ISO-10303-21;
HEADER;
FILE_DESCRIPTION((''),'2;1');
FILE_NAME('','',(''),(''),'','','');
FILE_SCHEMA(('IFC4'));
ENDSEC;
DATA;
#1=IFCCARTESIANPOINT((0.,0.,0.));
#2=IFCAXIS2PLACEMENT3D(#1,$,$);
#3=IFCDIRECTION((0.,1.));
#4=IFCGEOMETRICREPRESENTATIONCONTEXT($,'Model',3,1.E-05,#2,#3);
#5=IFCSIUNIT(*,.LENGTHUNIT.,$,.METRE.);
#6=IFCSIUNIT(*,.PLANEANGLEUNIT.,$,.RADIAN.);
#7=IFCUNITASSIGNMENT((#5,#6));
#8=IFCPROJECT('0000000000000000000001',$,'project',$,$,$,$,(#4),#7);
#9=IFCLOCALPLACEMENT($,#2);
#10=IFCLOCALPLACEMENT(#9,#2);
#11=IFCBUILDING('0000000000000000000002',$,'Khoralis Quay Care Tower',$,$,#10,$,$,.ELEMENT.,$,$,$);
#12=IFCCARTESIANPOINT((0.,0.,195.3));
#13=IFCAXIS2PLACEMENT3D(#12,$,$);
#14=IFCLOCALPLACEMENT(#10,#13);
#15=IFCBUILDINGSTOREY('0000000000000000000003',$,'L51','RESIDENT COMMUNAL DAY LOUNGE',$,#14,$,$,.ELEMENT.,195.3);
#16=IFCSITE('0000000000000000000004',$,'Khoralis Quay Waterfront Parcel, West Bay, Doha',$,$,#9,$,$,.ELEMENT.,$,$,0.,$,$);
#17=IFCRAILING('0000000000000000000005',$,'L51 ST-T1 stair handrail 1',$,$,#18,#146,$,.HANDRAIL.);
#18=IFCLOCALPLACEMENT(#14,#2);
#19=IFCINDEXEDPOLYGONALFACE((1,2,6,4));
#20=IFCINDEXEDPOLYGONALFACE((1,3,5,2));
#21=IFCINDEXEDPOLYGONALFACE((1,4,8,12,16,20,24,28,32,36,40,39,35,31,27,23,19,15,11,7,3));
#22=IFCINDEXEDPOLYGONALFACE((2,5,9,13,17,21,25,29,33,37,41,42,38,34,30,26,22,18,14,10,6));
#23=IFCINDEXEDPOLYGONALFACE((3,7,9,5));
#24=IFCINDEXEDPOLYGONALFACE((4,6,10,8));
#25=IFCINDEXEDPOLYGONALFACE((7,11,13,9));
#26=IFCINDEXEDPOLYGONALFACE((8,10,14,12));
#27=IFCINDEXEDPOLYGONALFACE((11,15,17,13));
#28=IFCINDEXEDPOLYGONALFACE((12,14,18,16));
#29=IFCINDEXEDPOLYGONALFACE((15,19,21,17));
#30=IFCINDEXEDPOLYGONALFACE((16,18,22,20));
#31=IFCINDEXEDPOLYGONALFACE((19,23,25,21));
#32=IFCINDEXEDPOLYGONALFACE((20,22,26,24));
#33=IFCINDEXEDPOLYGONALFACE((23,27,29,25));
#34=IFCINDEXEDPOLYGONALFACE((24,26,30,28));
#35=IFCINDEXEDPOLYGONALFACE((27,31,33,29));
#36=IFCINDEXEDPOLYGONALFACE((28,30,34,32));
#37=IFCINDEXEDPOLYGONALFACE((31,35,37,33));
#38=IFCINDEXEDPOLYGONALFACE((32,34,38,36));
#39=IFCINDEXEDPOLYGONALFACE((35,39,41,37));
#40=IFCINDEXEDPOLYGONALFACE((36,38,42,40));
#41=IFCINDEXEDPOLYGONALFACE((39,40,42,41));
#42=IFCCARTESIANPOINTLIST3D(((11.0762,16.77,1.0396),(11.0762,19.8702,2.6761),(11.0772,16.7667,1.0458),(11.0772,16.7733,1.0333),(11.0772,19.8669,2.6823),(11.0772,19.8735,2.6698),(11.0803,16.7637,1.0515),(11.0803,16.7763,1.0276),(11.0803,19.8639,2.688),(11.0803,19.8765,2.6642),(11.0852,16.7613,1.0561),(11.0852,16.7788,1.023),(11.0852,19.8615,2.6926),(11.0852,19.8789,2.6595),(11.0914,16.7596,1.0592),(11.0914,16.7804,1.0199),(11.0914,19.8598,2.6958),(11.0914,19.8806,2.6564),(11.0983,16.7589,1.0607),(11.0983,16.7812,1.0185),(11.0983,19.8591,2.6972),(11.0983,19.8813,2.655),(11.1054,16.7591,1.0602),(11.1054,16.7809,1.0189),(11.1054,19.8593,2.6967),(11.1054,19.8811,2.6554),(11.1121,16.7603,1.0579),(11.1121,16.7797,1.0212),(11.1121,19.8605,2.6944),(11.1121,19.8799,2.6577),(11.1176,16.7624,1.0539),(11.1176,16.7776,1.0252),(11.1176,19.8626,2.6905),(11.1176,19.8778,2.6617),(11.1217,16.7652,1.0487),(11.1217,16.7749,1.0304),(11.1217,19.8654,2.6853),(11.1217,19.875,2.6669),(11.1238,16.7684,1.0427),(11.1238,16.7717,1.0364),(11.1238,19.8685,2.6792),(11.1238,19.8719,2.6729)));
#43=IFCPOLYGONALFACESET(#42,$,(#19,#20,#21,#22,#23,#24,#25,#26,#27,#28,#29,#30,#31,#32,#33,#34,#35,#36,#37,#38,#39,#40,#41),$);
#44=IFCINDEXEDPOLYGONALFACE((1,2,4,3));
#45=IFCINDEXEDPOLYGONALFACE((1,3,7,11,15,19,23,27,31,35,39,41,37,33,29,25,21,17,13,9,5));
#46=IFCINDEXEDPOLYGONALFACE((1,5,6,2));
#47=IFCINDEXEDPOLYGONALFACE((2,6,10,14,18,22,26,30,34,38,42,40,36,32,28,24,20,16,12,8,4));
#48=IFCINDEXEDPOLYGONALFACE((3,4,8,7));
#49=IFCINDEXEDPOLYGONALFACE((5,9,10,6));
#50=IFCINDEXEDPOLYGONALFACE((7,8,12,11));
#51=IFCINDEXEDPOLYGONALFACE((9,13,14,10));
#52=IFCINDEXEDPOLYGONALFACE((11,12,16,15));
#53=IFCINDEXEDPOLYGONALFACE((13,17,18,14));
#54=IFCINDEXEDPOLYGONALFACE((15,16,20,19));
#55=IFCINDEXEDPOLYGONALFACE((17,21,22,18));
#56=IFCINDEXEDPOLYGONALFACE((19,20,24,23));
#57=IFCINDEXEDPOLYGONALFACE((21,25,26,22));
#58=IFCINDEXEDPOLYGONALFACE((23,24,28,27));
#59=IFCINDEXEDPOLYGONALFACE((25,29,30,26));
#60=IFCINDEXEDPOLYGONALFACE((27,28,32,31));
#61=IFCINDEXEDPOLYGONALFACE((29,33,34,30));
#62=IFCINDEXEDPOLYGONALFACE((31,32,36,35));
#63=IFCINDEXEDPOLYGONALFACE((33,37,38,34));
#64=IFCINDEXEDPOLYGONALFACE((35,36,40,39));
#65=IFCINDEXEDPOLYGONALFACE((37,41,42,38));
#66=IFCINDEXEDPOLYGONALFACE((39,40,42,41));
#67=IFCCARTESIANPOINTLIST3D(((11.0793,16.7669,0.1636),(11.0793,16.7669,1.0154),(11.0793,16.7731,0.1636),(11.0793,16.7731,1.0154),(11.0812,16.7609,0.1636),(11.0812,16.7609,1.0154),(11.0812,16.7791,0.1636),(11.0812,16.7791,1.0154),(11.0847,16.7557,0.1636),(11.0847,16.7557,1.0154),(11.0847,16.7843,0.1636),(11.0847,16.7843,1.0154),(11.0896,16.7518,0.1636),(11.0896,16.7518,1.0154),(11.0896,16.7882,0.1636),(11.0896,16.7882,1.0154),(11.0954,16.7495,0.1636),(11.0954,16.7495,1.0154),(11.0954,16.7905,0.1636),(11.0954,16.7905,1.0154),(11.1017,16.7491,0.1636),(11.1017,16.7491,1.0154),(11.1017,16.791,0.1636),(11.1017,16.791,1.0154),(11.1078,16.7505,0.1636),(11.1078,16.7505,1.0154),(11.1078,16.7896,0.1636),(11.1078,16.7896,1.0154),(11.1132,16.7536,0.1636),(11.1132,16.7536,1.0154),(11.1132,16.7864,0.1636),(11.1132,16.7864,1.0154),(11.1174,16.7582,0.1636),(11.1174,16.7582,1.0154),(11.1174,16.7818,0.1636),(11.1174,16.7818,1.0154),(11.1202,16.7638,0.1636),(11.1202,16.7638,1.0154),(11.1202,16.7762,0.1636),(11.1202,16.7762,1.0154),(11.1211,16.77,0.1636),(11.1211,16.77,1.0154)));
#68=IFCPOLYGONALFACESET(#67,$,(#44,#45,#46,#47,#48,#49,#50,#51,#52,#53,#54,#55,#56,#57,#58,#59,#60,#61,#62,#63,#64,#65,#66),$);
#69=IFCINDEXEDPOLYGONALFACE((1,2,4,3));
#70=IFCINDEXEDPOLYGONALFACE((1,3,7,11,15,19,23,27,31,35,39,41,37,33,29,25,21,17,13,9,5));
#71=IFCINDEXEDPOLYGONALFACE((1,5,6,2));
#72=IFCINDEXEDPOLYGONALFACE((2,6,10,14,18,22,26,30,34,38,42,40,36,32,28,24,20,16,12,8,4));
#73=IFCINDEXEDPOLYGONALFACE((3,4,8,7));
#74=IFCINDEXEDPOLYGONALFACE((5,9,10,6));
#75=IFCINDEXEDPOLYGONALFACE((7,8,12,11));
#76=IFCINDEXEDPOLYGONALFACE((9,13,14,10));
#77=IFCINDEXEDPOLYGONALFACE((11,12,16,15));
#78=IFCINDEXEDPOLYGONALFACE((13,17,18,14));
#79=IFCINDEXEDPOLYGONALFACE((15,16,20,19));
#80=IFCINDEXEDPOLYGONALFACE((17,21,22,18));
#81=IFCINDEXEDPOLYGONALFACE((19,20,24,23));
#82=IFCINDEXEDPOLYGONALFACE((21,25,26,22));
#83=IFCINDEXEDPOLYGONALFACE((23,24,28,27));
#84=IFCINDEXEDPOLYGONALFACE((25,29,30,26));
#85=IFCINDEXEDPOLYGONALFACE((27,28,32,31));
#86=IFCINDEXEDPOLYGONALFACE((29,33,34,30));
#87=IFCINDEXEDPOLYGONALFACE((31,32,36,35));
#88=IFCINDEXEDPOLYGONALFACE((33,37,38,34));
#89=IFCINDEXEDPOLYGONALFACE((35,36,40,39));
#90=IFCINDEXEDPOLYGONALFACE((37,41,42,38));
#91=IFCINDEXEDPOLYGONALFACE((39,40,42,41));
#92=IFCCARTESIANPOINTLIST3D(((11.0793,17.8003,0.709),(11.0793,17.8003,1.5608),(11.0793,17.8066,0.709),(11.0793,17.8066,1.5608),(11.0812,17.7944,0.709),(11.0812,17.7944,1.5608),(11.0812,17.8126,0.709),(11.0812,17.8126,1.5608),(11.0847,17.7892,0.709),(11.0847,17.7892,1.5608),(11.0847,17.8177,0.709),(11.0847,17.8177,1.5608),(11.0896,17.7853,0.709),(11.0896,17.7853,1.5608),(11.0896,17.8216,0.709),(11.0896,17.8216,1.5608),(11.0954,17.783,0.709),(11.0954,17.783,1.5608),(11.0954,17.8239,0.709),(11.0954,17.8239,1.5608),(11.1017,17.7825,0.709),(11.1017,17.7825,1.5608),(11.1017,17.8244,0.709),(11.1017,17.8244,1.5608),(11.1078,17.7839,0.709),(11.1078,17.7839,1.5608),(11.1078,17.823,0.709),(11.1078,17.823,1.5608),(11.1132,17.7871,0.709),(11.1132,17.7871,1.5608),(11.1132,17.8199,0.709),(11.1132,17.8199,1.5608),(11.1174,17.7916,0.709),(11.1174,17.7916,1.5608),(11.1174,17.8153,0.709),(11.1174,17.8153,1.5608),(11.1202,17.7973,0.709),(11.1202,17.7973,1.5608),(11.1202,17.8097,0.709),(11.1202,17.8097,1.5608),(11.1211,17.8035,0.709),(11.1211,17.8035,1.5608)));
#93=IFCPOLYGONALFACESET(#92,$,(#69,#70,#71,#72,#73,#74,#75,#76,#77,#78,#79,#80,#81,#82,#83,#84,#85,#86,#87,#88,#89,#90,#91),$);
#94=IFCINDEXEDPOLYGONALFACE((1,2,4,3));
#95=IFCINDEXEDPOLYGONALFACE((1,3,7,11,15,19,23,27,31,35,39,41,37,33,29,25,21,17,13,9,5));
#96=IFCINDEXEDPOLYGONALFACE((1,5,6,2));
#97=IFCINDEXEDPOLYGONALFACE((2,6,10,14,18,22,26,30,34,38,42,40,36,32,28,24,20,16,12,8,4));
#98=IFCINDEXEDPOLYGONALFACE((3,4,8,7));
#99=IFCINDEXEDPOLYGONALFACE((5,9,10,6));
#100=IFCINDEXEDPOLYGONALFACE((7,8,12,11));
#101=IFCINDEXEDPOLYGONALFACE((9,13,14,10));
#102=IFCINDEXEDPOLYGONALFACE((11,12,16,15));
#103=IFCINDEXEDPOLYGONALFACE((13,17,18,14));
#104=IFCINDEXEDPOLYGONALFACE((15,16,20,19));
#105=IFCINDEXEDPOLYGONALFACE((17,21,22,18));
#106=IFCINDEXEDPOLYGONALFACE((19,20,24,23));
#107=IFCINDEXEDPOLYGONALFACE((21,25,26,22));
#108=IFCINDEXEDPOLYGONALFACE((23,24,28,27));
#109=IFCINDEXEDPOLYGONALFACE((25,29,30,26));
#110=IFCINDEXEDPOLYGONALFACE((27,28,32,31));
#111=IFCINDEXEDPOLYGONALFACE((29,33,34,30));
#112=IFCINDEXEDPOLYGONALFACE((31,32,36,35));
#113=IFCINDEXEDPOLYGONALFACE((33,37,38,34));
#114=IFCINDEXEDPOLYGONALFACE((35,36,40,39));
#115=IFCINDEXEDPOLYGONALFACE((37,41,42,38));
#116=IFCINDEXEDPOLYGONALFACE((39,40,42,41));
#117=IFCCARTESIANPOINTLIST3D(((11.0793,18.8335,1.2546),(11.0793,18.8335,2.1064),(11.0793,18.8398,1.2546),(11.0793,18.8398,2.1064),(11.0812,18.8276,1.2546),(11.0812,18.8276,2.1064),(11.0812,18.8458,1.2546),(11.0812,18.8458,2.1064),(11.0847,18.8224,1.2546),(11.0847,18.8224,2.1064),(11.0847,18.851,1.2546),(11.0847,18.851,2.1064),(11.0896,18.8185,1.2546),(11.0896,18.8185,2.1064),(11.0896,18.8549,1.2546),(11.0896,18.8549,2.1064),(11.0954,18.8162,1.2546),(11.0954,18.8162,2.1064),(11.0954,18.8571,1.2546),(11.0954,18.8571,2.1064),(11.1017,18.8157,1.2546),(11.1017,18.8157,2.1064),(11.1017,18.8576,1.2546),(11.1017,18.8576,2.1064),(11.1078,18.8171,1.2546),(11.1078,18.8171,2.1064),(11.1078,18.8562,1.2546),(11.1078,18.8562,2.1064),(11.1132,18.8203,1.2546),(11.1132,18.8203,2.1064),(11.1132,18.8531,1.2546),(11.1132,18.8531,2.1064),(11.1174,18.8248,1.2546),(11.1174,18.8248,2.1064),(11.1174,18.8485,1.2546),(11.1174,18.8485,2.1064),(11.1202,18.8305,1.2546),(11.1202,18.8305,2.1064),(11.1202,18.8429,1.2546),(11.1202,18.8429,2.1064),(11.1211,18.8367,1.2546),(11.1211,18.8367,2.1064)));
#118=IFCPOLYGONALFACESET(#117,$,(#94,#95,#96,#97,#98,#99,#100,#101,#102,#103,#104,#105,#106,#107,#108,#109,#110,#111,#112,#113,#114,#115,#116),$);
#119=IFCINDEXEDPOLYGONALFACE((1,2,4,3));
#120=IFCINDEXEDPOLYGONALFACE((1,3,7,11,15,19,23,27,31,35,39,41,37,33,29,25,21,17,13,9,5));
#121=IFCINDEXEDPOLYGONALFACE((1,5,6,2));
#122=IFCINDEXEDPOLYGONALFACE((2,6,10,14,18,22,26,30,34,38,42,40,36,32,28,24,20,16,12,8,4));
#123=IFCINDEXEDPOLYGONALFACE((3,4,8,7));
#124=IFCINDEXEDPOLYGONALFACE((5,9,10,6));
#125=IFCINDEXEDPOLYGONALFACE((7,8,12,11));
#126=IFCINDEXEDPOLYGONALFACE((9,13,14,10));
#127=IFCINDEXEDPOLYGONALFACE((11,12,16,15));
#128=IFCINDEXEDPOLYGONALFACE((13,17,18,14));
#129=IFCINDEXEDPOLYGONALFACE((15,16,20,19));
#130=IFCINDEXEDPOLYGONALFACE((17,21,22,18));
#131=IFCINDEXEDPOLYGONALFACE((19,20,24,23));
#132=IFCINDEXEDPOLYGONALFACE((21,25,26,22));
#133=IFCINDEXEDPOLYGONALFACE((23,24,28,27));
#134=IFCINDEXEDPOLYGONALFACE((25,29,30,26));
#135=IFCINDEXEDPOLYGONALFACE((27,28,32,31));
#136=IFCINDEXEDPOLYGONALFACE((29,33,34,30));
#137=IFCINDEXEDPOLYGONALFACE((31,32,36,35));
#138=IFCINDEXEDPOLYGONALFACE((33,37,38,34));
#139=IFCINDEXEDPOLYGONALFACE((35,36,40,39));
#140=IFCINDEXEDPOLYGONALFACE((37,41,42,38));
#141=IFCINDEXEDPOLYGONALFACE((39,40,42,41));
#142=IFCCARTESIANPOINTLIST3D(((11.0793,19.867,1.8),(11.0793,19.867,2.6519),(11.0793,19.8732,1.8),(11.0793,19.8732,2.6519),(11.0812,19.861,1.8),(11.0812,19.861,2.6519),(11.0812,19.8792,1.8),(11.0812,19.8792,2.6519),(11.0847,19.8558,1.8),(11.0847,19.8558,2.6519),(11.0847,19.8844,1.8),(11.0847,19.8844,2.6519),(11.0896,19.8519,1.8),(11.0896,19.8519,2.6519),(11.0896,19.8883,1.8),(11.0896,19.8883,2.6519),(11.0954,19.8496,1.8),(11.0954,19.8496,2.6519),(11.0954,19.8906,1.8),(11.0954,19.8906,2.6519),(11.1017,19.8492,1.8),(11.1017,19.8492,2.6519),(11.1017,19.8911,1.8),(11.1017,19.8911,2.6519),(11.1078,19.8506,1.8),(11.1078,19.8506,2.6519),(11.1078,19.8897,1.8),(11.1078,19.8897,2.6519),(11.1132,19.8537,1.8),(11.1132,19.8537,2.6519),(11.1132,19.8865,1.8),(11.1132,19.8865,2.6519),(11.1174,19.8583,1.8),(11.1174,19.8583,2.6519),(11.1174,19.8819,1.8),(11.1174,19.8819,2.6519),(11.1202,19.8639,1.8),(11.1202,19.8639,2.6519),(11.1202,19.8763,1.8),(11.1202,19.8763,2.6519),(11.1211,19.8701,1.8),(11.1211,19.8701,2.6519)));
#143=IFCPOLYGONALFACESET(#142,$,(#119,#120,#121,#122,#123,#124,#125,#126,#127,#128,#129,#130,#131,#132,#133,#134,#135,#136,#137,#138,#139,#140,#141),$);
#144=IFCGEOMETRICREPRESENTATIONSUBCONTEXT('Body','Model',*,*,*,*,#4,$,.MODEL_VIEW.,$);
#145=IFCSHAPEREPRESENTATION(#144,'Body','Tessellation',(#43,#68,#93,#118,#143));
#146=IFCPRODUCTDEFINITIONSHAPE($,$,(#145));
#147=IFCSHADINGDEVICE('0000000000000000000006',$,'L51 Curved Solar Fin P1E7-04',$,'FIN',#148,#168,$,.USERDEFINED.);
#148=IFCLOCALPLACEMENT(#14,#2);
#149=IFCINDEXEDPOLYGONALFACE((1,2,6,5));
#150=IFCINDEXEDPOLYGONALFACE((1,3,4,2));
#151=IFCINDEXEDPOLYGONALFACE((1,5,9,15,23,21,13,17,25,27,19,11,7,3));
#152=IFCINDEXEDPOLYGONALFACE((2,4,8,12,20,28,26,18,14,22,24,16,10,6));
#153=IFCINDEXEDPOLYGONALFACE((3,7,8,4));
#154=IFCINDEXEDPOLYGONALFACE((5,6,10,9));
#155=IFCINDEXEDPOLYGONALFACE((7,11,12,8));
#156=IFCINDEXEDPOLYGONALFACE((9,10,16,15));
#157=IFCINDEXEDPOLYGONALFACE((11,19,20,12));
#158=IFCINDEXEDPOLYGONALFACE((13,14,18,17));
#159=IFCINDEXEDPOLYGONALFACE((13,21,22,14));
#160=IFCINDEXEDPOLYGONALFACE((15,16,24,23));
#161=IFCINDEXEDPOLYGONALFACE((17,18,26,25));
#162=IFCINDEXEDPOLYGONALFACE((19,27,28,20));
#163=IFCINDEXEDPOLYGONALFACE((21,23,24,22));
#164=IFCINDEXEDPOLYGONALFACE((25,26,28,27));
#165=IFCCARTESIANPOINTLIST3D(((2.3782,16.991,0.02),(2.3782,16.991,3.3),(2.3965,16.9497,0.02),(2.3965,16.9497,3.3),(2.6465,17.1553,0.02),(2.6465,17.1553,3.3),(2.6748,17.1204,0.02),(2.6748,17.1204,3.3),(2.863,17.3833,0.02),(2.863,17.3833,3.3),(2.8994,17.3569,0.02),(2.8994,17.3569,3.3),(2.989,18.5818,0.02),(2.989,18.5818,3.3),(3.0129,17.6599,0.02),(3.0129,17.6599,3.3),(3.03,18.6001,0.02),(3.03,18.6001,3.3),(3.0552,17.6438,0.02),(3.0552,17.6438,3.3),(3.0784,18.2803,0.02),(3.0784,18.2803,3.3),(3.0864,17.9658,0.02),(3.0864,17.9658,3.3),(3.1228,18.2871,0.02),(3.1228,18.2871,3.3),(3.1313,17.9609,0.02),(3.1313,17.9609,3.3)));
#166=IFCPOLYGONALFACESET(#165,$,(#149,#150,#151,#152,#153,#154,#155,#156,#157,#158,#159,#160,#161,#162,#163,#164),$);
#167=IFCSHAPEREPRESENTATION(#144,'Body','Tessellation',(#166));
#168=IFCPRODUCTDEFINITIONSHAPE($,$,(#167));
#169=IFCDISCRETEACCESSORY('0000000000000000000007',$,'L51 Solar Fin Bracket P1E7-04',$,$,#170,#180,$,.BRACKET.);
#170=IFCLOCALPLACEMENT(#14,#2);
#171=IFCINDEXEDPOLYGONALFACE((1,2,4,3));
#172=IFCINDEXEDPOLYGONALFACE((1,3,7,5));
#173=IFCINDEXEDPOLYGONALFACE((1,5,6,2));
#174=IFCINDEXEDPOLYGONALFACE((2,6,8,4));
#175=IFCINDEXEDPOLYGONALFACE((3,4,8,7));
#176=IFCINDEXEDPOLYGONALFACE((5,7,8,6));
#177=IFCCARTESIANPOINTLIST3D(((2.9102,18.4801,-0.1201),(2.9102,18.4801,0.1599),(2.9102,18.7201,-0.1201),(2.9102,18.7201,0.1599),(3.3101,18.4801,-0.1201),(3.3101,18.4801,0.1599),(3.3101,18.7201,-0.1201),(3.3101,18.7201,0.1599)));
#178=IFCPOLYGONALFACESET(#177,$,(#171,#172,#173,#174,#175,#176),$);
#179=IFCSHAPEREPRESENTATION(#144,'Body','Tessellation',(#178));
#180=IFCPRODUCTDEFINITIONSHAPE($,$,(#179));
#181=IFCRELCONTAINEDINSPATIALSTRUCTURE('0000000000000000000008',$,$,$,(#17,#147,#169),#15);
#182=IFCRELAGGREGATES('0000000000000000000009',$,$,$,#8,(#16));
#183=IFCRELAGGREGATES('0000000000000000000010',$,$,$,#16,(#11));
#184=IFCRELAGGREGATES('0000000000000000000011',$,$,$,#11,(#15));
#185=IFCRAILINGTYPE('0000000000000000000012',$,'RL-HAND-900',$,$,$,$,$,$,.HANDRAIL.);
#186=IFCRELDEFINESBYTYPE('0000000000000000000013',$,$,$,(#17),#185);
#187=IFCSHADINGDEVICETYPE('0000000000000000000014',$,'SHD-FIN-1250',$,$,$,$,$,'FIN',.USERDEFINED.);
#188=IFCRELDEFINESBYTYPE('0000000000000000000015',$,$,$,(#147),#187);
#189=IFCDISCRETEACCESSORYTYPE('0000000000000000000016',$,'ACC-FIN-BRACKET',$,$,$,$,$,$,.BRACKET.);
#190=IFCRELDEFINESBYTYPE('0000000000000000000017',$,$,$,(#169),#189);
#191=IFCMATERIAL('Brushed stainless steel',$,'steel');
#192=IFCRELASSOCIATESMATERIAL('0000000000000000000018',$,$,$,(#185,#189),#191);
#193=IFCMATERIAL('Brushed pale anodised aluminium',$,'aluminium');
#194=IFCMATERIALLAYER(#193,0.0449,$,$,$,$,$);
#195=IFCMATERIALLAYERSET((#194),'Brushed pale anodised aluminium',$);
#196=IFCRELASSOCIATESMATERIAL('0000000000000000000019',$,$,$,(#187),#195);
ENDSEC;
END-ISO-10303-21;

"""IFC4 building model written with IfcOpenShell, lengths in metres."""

from ifc_helpers import new_model, si_unit, direction, frame, origin, origin_2d, place, context, subcontext, project, spatial, polyline, rectangle, circle, outline, extrude, source, transform, mapped, material, layer, layer_set, type_object, element, save


model = new_model("IFC4")

# Units and contexts
model_context = context("Model", 3, precision=1e-05, world=origin(), true_north=direction((0.0, 1.0)))
body_context = subcontext(model_context, "Body", "Model", "MODEL_VIEW")
ifc_project = project(units=[si_unit("LENGTHUNIT", "METRE"), si_unit("PLANEANGLEUNIT", "RADIAN")], contexts=[model_context])

# Site, building, storey
site_placement = place(None, origin())
site = spatial("IfcSite", under=ifc_project, at=site_placement, Name="Khoralis Quay Waterfront Parcel, West Bay, Doha", CompositionType="ELEMENT", RefElevation=0.0)
building_placement = place(site_placement, origin())
building = spatial("IfcBuilding", under=site, at=building_placement, Name="Khoralis Quay Care Tower", CompositionType="ELEMENT")
storey_placement = place(building_placement, frame((0.0, 0.0, 195.3)))
storey = spatial("IfcBuildingStorey", under=building, at=storey_placement, Name="L51", Description="RESIDENT COMMUNAL DAY LOUNGE", CompositionType="ELEMENT", Elevation=195.3)

# Shared definitions
ifc_material_1 = material(Name="Brushed stainless steel", Category="steel")

# Railing
railing_type_1 = type_object("IfcRailingType", Name="RL-HAND-900", PredefinedType="HANDRAIL", material=ifc_material_1)
railing_1_placement = place(storey_placement, frame((11.1001, 16.77, 0.1636)))
element("IfcRailing", 1, at=railing_1_placement, inside=storey, type_object=railing_type_1, Name="L51 ST-T1 stair handrail 1", PredefinedType="HANDRAIL", context=body_context, shape_type="SweptSolid", body=[
    extrude(circle(Radius=0.0239, at=origin_2d()), frame((0.0, 0.0, 0.876), z_axis=(0.0, 0.884348, 0.466828), x_axis=(-1.0, 0.0, 0.0)), (0.0, 0.0, 1.0), 3.5056),
    extrude(circle(Radius=0.021, at=origin_2d()), origin(), (0.0, 0.0, 1.0), 0.8518),
    extrude(circle(Radius=0.021, at=origin_2d()), frame((0.0, 1.0334, 0.5454)), (0.0, 0.0, 1.0), 0.8518),
    extrude(circle(Radius=0.021, at=origin_2d()), frame((0.0, 2.0667, 1.0911)), (0.0, 0.0, 1.0), 0.8518),
    extrude(circle(Radius=0.021, at=origin_2d()), frame((0.0, 3.1001, 1.6365)), (0.0, 0.0, 1.0), 0.8518),
])

# Shading device
ifc_material_2 = material(Name="Brushed pale anodised aluminium", Category="aluminium")
ifc_layer_1 = layer(ifc_material_2, 0.0449)
ifc_layer_set_1 = layer_set([ifc_layer_1], Name="Brushed pale anodised aluminium")
shading_device_type = type_object("IfcShadingDeviceType", Name="SHD-FIN-1250", ElementType="FIN", PredefinedType="USERDEFINED", material=ifc_layer_set_1)
shared_shape_1 = source(origin(), body_context, "Body", "SweptSolid", [
    extrude(outline(polyline([(0.0, 0.0), (-0.0928, 0.313), (-0.1013, 0.6392), (-0.0251, 0.9563), (0.1306, 1.2432), (0.3552, 1.4797), (0.6335, 1.6504), (0.6519, 1.6091), (0.3835, 1.4448), (0.167, 1.2168), (0.0171, 0.9402), (-0.0564, 0.6343), (-0.0483, 0.3198), (0.041, 0.0183), (0.0, 0.0)])), origin(), (0.0, 0.0, 1.0), 3.28),
])
shading_device_placement = place(storey_placement, frame((3.03, 18.6001, 0.02), z_axis=(0.0, 0.0, 1.0), x_axis=(-1.0, 0.0, 0.0)))
element("IfcShadingDevice", 2, at=shading_device_placement, inside=storey, type_object=shading_device_type, Name="L51 Curved Solar Fin P1E7-04", ObjectType="FIN", PredefinedType="USERDEFINED", context=body_context, shape_type="MappedRepresentation", body=[
    mapped(shared_shape_1, transform((0.0, 0.0, 0.0), scale=1.0)),
])

# Discrete accessory
discrete_accessory_type = type_object("IfcDiscreteAccessoryType", Name="ACC-FIN-BRACKET", PredefinedType="BRACKET", material=ifc_material_1)
shared_shape_2 = source(origin(), body_context, "Body", "SweptSolid", [
    extrude(rectangle(XDim=0.3999, YDim=0.24, at=origin_2d()), origin(), (0.0, 0.0, 1.0), 0.28),
])
discrete_accessory_placement = place(storey_placement, frame((3.1101, 18.6001, -0.1201), z_axis=(0.0, 0.0, 1.0), x_axis=(-1.0, 0.0, 0.0)))
element("IfcDiscreteAccessory", 3, at=discrete_accessory_placement, inside=storey, type_object=discrete_accessory_type, Name="L51 Solar Fin Bracket P1E7-04", PredefinedType="BRACKET", context=body_context, shape_type="MappedRepresentation", body=[
    mapped(shared_shape_2, transform((0.0, 0.0, 0.0), scale=1.0)),
])

save(model, "model.ifc")
